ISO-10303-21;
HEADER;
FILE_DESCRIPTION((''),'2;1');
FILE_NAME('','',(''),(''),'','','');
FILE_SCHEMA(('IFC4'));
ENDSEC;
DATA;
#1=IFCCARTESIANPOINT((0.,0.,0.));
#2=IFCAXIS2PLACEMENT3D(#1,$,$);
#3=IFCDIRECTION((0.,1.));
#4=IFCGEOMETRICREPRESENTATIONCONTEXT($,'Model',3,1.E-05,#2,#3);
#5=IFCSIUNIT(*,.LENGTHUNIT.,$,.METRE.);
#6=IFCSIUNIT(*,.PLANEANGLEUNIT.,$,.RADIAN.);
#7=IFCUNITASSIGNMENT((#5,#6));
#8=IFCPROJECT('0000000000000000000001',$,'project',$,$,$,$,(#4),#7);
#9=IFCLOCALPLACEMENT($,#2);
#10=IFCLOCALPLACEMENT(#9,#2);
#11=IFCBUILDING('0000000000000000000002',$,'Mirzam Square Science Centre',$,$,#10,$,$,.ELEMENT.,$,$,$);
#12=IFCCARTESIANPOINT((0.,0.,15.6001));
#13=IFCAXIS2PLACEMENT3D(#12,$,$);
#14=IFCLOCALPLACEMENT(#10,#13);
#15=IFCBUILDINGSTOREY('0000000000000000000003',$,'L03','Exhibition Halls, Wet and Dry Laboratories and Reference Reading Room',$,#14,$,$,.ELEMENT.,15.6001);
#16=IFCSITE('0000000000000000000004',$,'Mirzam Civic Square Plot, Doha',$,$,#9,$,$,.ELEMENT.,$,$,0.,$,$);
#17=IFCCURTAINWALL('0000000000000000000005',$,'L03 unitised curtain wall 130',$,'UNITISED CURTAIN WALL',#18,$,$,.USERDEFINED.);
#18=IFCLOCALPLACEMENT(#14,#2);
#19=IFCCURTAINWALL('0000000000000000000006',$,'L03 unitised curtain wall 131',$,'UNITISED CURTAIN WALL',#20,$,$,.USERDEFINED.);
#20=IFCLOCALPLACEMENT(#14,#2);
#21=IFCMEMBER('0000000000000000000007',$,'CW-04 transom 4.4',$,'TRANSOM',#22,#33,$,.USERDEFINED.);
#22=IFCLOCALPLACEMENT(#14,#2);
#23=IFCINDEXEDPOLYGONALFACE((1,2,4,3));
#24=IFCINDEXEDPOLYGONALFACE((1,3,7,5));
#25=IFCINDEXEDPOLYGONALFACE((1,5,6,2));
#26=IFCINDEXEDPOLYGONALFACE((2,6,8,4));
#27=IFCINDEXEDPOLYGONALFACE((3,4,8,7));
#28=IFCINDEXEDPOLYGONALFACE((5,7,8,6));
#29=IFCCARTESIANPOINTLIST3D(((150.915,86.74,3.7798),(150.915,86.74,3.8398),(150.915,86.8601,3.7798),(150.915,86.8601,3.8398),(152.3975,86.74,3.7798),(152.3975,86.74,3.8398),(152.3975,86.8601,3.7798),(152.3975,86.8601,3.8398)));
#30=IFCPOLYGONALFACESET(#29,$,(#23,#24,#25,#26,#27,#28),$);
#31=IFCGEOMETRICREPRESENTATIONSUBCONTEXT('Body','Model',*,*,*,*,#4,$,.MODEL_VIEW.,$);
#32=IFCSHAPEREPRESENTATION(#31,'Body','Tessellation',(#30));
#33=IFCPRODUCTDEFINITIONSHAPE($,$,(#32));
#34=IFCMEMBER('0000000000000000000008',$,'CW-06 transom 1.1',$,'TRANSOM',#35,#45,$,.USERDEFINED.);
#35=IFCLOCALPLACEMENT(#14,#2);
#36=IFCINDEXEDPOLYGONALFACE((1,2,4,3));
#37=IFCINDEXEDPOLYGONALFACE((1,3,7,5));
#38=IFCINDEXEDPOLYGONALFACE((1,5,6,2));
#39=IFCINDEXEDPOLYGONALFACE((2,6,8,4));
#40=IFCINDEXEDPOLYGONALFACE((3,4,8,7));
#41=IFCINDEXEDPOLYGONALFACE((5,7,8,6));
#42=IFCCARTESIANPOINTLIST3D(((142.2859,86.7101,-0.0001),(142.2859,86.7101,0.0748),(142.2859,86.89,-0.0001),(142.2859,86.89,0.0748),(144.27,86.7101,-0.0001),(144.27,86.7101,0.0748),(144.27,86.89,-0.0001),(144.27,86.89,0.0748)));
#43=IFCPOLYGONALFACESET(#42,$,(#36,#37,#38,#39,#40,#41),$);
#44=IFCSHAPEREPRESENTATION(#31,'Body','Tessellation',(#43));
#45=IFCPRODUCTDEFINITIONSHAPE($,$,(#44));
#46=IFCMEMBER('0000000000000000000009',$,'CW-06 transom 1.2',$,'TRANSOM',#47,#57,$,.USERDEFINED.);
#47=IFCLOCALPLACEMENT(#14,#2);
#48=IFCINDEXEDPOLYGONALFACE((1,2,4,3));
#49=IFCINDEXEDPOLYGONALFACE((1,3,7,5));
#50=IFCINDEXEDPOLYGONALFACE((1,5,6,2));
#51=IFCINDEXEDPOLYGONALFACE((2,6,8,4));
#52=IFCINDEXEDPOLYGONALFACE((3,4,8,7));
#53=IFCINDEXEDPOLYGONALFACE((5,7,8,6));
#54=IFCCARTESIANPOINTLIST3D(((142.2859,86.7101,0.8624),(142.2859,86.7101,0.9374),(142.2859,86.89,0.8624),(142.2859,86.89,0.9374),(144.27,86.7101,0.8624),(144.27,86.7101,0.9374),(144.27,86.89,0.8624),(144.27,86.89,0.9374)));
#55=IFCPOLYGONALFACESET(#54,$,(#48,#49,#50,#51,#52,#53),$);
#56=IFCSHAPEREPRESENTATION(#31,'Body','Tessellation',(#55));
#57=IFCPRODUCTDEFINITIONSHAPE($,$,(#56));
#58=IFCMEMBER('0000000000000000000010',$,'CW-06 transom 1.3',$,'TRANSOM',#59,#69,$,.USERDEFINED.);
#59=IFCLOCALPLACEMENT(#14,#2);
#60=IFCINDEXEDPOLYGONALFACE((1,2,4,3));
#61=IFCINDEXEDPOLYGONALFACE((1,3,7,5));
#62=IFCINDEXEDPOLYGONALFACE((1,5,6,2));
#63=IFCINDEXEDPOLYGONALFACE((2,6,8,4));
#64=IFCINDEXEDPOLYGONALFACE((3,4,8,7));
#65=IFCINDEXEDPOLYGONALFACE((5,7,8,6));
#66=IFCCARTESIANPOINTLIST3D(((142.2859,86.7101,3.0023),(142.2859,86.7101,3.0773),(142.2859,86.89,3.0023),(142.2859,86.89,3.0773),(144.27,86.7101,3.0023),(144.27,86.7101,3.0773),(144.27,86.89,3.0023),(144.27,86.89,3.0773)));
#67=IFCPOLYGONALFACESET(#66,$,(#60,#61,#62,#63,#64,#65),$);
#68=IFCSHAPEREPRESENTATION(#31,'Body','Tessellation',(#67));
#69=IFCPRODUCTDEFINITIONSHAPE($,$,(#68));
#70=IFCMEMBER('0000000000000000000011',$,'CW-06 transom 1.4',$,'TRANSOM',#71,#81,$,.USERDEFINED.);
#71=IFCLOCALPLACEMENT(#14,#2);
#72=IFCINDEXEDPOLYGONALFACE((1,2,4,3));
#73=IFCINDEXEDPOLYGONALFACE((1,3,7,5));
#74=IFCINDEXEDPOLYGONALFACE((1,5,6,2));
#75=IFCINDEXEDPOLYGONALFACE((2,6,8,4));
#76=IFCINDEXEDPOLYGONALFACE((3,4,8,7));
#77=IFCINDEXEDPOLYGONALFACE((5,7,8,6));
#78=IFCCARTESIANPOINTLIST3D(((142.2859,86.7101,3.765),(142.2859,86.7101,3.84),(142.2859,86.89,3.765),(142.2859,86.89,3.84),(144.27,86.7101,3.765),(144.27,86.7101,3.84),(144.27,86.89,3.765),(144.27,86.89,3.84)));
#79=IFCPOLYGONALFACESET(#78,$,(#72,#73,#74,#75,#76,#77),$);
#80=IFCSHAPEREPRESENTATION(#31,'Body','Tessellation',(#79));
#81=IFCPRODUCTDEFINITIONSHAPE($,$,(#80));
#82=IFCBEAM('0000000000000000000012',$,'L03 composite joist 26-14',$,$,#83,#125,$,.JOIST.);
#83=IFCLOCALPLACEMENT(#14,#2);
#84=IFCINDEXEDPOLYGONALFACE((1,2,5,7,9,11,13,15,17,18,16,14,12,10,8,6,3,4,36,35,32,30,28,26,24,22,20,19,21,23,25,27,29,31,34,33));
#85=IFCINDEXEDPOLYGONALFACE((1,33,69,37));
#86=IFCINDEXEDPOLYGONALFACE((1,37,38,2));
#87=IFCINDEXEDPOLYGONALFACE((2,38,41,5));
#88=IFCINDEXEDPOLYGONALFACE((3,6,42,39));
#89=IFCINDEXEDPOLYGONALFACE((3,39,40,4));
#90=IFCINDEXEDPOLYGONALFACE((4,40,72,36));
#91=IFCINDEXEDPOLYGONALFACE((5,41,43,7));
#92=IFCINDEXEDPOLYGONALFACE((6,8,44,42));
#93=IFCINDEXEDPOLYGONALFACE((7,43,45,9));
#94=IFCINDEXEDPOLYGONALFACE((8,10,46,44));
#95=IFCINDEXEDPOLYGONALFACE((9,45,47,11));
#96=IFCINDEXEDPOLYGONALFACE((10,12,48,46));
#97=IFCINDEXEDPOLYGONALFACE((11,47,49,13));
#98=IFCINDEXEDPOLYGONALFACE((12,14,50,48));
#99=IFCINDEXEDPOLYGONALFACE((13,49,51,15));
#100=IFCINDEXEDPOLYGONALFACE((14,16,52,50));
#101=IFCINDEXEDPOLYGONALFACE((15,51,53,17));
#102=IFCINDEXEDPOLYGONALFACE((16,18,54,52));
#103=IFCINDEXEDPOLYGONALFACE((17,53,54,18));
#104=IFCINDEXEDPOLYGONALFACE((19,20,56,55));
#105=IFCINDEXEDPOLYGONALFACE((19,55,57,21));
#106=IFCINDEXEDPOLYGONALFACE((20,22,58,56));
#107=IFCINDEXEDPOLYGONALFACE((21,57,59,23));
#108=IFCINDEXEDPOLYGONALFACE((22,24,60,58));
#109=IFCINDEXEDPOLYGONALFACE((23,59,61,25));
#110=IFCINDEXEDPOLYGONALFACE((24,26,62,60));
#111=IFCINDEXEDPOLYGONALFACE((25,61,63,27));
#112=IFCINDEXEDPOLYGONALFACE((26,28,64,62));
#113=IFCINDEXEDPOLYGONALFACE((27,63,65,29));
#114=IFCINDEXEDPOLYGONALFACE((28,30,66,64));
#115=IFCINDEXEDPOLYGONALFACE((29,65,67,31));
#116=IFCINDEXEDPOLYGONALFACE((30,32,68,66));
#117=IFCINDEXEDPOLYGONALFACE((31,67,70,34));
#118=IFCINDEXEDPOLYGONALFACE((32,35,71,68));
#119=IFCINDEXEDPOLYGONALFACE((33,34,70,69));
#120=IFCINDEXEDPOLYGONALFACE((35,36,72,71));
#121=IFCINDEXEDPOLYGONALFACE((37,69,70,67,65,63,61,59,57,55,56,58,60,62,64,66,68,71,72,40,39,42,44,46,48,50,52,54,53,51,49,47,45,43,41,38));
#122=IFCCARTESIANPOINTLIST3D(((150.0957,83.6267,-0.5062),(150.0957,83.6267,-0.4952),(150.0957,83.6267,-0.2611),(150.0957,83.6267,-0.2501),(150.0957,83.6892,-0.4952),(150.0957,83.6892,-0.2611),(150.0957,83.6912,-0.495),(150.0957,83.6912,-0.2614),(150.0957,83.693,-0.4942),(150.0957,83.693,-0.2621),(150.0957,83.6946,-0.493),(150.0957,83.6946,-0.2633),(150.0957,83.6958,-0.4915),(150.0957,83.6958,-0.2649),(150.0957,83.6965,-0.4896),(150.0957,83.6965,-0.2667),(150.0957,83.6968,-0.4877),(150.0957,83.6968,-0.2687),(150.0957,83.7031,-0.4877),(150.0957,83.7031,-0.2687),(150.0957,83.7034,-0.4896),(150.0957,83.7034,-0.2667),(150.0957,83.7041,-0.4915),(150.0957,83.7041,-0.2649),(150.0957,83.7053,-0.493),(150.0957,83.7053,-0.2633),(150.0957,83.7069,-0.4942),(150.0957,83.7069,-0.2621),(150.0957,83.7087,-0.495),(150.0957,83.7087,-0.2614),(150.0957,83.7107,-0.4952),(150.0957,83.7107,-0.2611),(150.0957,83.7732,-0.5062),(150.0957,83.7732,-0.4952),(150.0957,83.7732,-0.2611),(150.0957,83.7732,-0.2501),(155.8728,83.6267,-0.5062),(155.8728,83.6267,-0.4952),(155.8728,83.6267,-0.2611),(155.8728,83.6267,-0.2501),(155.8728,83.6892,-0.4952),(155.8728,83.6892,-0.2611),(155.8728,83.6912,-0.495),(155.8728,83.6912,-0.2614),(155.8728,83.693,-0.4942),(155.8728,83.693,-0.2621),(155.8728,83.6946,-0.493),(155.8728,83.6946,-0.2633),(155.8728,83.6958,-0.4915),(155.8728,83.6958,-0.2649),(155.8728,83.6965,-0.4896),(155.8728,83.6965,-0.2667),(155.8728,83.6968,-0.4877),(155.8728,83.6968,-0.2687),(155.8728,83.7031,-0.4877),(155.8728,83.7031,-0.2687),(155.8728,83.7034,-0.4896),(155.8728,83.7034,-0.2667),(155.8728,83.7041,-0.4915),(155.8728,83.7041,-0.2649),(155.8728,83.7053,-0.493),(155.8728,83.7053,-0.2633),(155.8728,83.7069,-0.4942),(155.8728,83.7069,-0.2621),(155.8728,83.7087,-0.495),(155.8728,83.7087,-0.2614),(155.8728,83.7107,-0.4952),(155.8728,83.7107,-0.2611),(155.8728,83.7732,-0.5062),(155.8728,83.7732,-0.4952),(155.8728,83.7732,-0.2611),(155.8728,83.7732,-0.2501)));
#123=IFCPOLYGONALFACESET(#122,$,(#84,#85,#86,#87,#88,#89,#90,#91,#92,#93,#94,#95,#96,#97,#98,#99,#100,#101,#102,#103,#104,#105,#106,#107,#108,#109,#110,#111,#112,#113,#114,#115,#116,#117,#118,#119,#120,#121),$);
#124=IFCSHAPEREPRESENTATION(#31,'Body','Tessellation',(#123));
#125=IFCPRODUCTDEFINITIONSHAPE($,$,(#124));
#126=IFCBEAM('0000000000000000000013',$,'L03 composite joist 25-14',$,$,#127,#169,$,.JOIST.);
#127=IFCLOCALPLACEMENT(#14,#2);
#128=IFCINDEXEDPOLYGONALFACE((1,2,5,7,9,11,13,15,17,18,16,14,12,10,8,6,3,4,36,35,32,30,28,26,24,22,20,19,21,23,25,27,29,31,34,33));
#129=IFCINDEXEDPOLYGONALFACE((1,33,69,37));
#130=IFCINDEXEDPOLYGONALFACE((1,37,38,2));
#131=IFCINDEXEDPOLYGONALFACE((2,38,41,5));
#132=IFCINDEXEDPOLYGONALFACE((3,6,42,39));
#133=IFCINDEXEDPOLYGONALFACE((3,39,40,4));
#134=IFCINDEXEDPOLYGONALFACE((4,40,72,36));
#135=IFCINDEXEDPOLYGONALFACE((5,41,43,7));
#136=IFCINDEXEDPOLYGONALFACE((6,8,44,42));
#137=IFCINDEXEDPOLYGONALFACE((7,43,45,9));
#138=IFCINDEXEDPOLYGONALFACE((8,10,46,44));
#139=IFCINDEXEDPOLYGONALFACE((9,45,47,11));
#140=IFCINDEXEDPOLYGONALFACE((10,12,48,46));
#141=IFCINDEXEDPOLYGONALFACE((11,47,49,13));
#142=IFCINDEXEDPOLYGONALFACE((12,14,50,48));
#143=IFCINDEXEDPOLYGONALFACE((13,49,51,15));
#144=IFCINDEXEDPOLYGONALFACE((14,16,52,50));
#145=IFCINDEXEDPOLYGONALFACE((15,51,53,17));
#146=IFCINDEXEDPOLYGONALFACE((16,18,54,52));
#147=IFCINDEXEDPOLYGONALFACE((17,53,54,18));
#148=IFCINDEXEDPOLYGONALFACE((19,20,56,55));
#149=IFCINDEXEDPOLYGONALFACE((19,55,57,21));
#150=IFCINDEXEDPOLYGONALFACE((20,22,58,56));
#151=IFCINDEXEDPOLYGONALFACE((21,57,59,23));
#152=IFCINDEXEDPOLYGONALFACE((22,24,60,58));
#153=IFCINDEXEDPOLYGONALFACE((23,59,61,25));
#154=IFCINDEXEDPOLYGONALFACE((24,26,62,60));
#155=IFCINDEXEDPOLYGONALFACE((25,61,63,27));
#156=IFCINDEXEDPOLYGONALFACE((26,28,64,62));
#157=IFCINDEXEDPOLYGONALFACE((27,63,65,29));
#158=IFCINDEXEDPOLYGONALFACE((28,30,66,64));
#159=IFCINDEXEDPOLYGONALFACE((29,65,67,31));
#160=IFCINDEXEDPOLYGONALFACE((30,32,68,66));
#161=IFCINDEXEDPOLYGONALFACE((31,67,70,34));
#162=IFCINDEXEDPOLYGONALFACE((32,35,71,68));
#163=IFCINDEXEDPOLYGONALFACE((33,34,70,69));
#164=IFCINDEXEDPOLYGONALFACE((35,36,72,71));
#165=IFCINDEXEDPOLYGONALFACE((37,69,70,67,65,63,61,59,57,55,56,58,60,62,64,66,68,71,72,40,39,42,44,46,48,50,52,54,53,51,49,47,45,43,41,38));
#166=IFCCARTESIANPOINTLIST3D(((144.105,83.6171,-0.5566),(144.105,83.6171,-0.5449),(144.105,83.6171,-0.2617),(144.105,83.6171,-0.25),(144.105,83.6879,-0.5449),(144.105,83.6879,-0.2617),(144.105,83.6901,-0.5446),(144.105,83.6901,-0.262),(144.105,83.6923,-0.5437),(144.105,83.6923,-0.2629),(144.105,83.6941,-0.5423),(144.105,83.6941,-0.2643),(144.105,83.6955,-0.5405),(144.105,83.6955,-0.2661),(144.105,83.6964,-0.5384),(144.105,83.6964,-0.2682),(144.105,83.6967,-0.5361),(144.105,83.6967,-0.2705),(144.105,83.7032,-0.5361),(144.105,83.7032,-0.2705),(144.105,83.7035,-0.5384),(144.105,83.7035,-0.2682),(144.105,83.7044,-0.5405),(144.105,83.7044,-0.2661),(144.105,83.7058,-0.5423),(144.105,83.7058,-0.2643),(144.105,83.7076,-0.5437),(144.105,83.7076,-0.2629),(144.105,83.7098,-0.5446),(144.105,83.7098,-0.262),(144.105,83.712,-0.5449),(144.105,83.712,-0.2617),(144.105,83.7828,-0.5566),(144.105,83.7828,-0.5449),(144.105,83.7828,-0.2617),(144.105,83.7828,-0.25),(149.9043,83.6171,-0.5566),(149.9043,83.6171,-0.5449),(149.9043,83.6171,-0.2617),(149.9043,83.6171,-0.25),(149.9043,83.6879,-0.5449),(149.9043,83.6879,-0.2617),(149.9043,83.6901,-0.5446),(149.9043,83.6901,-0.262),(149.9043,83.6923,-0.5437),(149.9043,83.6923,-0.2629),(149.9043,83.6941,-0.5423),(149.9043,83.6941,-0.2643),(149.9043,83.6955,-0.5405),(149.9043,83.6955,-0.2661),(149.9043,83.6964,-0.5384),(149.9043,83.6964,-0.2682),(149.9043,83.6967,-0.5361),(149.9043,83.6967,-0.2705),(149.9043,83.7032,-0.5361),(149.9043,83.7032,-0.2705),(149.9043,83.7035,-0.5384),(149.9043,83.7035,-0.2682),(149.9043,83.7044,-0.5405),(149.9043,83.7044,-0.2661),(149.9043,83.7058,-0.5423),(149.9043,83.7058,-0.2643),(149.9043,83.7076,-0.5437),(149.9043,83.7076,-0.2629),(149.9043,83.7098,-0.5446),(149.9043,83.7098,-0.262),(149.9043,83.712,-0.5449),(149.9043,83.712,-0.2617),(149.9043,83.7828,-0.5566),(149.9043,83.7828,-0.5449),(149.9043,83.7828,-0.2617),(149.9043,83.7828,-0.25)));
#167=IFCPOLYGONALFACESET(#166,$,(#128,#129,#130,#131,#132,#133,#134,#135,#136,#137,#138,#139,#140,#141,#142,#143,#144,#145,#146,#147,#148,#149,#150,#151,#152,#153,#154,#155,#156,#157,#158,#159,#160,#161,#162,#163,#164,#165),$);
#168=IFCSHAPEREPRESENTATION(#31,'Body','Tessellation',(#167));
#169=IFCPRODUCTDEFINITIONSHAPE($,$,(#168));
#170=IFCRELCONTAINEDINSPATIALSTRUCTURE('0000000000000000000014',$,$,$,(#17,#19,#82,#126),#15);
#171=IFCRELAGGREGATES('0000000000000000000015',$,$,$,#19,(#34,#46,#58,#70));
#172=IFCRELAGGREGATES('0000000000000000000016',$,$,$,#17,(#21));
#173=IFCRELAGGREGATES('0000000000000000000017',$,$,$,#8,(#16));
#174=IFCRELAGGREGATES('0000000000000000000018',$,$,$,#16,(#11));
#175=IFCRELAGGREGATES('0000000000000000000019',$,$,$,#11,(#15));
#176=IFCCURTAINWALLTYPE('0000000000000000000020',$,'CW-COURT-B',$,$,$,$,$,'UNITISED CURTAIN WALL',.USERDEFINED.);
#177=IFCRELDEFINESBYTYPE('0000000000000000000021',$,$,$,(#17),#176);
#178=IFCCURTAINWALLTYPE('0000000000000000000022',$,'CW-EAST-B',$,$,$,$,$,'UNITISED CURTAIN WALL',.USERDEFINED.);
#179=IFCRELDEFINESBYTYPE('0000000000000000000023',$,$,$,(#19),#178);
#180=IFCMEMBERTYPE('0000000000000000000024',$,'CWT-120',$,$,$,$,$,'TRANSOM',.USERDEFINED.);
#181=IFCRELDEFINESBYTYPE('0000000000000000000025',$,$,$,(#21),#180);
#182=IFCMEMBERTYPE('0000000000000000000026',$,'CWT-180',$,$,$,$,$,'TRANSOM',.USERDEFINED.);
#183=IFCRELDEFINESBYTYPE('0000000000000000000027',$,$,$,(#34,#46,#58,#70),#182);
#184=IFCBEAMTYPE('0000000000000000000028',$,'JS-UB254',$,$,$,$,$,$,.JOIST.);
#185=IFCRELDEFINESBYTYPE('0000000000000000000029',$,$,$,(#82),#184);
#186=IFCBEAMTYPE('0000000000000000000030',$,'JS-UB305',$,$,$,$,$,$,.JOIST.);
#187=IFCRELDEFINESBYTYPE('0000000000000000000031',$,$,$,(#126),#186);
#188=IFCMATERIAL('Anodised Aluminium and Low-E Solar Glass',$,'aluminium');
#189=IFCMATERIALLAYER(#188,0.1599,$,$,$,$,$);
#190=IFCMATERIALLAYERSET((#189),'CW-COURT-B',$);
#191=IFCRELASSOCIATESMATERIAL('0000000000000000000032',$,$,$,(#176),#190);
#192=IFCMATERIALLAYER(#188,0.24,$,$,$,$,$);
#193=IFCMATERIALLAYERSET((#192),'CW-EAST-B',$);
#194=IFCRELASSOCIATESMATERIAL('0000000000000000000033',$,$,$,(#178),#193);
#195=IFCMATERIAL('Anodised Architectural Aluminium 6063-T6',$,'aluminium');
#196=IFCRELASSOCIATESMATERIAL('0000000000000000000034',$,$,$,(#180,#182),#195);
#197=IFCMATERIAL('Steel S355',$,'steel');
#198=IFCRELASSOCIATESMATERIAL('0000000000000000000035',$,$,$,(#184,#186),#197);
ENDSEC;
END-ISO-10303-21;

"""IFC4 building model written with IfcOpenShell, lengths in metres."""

from ifc_helpers import new_model, si_unit, direction, frame, origin, origin_2d, place, context, subcontext, project, spatial, rectangle, i_section, extrude, material, layer, layer_set, material_profile, profile_set, type_object, element, aggregate, save


model = new_model("IFC4")

# Units and contexts
model_context = context("Model", 3, precision=1e-05, world=origin(), true_north=direction((0.0, 1.0)))
body_context = subcontext(model_context, "Body", "Model", "MODEL_VIEW")
ifc_project = project(units=[si_unit("LENGTHUNIT", "METRE"), si_unit("PLANEANGLEUNIT", "RADIAN")], contexts=[model_context])

# Site, building, storey
site_placement = place(None, origin())
site = spatial("IfcSite", under=ifc_project, at=site_placement, Name="Mirzam Civic Square Plot, Doha", CompositionType="ELEMENT", RefElevation=0.0)
building_placement = place(site_placement, origin())
building = spatial("IfcBuilding", under=site, at=building_placement, Name="Mirzam Square Science Centre", CompositionType="ELEMENT")
storey_placement = place(building_placement, frame((0.0, 0.0, 15.6001)))
storey = spatial("IfcBuildingStorey", under=building, at=storey_placement, Name="L03", Description="Exhibition Halls, Wet and Dry Laboratories and Reference Reading Room", CompositionType="ELEMENT", Elevation=15.6001)

# Shared definitions
ifc_material_1 = material(Name="Steel S355", Category="steel")

# Curtain wall
ifc_material_2 = material(Name="Anodised Aluminium and Low-E Solar Glass", Category="aluminium")
ifc_layer_1 = layer(ifc_material_2, 0.1599)
ifc_layer_set_1 = layer_set([ifc_layer_1], Name="CW-COURT-B")
curtain_wall_type_1 = type_object("IfcCurtainWallType", Name="CW-COURT-B", ElementType="UNITISED CURTAIN WALL", PredefinedType="USERDEFINED", material=ifc_layer_set_1)
curtain_wall_1_placement = place(storey_placement, origin())
curtain_wall_1 = element("IfcCurtainWall", 1, at=curtain_wall_1_placement, inside=storey, type_object=curtain_wall_type_1, Name="L03 unitised curtain wall 130", ObjectType="UNITISED CURTAIN WALL", PredefinedType="USERDEFINED")
ifc_material_3 = material(Name="Anodised Architectural Aluminium 6063-T6", Category="aluminium")

# Curtain wall
ifc_layer_2 = layer(ifc_material_2, 0.24)
ifc_layer_set_2 = layer_set([ifc_layer_2], Name="CW-EAST-B")
curtain_wall_type_2 = type_object("IfcCurtainWallType", Name="CW-EAST-B", ElementType="UNITISED CURTAIN WALL", PredefinedType="USERDEFINED", material=ifc_layer_set_2)
curtain_wall_2_placement = place(storey_placement, origin())
curtain_wall_2 = element("IfcCurtainWall", 2, at=curtain_wall_2_placement, inside=storey, type_object=curtain_wall_type_2, Name="L03 unitised curtain wall 131", ObjectType="UNITISED CURTAIN WALL", PredefinedType="USERDEFINED")

# Members
ifc_material_profile_1 = material_profile(ifc_material_3, rectangle(XDim=0.1201, YDim=0.0601, at=origin_2d()), Name="ALU-TRAN-120x60x4")
ifc_profile_set_1 = profile_set([ifc_material_profile_1], Name="Anodised Architectural Aluminium 6063-T6")
member_type_1 = type_object("IfcMemberType", Name="CWT-120", ElementType="TRANSOM", PredefinedType="USERDEFINED", material=ifc_profile_set_1)
member_1_placement = place(storey_placement, frame((152.3975, 86.8, 3.8098), z_axis=(-1.0, 0.0, 0.0), x_axis=(0.0, -1.0, 0.0)))
member_1 = element("IfcMember", 3, at=member_1_placement, type_object=member_type_1, Name="CW-04 transom 4.4", ObjectType="TRANSOM", PredefinedType="USERDEFINED", context=body_context, shape_type="SweptSolid", body=[
    extrude(rectangle(XDim=0.1201, YDim=0.0601, at=origin_2d()), origin(), (0.0, 0.0, 1.0), 1.4824),
])
ifc_material_profile_2 = material_profile(ifc_material_3, rectangle(XDim=0.1799, YDim=0.075, at=origin_2d()), Name="ALU-TRAN-180x75x5")
ifc_profile_set_2 = profile_set([ifc_material_profile_2], Name="Anodised Architectural Aluminium 6063-T6")
member_type_2 = type_object("IfcMemberType", Name="CWT-180", ElementType="TRANSOM", PredefinedType="USERDEFINED", material=ifc_profile_set_2)
member_2_placement = place(storey_placement, frame((144.27, 86.8, 0.0374), z_axis=(-1.0, 0.0, 0.0), x_axis=(0.0, -1.0, 0.0)))
member_2 = element("IfcMember", 4, at=member_2_placement, type_object=member_type_2, Name="CW-06 transom 1.1", ObjectType="TRANSOM", PredefinedType="USERDEFINED", context=body_context, shape_type="SweptSolid", body=[
    extrude(rectangle(XDim=0.1799, YDim=0.075, at=origin_2d()), origin(), (0.0, 0.0, 1.0), 1.9841),
])
member_3_placement = place(storey_placement, frame((144.27, 86.8, 0.8999), z_axis=(-1.0, 0.0, 0.0), x_axis=(0.0, -1.0, 0.0)))
member_3 = element("IfcMember", 5, at=member_3_placement, type_object=member_type_2, Name="CW-06 transom 1.2", ObjectType="TRANSOM", PredefinedType="USERDEFINED", context=body_context, shape_type="SweptSolid", body=[
    extrude(rectangle(XDim=0.1799, YDim=0.075, at=origin_2d()), origin(), (0.0, 0.0, 1.0), 1.9841),
])
member_4_placement = place(storey_placement, frame((144.27, 86.8, 3.0398), z_axis=(-1.0, 0.0, 0.0), x_axis=(0.0, -1.0, 0.0)))
member_4 = element("IfcMember", 6, at=member_4_placement, type_object=member_type_2, Name="CW-06 transom 1.3", ObjectType="TRANSOM", PredefinedType="USERDEFINED", context=body_context, shape_type="SweptSolid", body=[
    extrude(rectangle(XDim=0.1799, YDim=0.075, at=origin_2d()), origin(), (0.0, 0.0, 1.0), 1.9841),
])
member_5_placement = place(storey_placement, frame((144.27, 86.8, 3.8025), z_axis=(-1.0, 0.0, 0.0), x_axis=(0.0, -1.0, 0.0)))
member_5 = element("IfcMember", 7, at=member_5_placement, type_object=member_type_2, Name="CW-06 transom 1.4", ObjectType="TRANSOM", PredefinedType="USERDEFINED", context=body_context, shape_type="SweptSolid", body=[
    extrude(rectangle(XDim=0.1799, YDim=0.075, at=origin_2d()), origin(), (0.0, 0.0, 1.0), 1.9841),
])
aggregate(curtain_wall_2, [member_2, member_3, member_4, member_5])

# Beams
ifc_material_profile_3 = material_profile(ifc_material_1, i_section(OverallWidth=0.1465, OverallDepth=0.2561, WebThickness=0.0063, FlangeThickness=0.011, FilletRadius=0.0076, at=origin_2d()), Name="254x146x37UB")
ifc_profile_set_3 = profile_set([ifc_material_profile_3], Name="Steel S355")
beam_type_1 = type_object("IfcBeamType", Name="JS-UB254", PredefinedType="JOIST", material=ifc_profile_set_3)
beam_1_placement = place(storey_placement, frame((150.0957, 83.7, -0.3782), z_axis=(1.0, 0.0, 0.0), x_axis=(0.0, 1.0, 0.0)))
element("IfcBeam", 8, at=beam_1_placement, inside=storey, type_object=beam_type_1, Name="L03 composite joist 26-14", PredefinedType="JOIST", context=body_context, shape_type="SweptSolid", body=[
    extrude(i_section(OverallWidth=0.1465, OverallDepth=0.2561, WebThickness=0.0063, FlangeThickness=0.011, FilletRadius=0.0076, at=origin_2d()), origin(), (0.0, 0.0, 1.0), 5.7771),
])
ifc_material_profile_4 = material_profile(ifc_material_1, i_section(OverallWidth=0.1658, OverallDepth=0.3066, WebThickness=0.0066, FlangeThickness=0.0117, FilletRadius=0.0088, at=origin_2d()), Name="305x165x46UB")
ifc_profile_set_4 = profile_set([ifc_material_profile_4], Name="Steel S355")
beam_type_2 = type_object("IfcBeamType", Name="JS-UB305", PredefinedType="JOIST", material=ifc_profile_set_4)
beam_2_placement = place(storey_placement, frame((144.105, 83.7, -0.4033), z_axis=(1.0, 0.0, 0.0), x_axis=(0.0, 1.0, 0.0)))
element("IfcBeam", 9, at=beam_2_placement, inside=storey, type_object=beam_type_2, Name="L03 composite joist 25-14", PredefinedType="JOIST", context=body_context, shape_type="SweptSolid", body=[
    extrude(i_section(OverallWidth=0.1658, OverallDepth=0.3066, WebThickness=0.0066, FlangeThickness=0.0117, FilletRadius=0.0088, at=origin_2d()), origin(), (0.0, 0.0, 1.0), 5.7993),
])

aggregate(curtain_wall_1, [member_1])

save(model, "model.ifc")
